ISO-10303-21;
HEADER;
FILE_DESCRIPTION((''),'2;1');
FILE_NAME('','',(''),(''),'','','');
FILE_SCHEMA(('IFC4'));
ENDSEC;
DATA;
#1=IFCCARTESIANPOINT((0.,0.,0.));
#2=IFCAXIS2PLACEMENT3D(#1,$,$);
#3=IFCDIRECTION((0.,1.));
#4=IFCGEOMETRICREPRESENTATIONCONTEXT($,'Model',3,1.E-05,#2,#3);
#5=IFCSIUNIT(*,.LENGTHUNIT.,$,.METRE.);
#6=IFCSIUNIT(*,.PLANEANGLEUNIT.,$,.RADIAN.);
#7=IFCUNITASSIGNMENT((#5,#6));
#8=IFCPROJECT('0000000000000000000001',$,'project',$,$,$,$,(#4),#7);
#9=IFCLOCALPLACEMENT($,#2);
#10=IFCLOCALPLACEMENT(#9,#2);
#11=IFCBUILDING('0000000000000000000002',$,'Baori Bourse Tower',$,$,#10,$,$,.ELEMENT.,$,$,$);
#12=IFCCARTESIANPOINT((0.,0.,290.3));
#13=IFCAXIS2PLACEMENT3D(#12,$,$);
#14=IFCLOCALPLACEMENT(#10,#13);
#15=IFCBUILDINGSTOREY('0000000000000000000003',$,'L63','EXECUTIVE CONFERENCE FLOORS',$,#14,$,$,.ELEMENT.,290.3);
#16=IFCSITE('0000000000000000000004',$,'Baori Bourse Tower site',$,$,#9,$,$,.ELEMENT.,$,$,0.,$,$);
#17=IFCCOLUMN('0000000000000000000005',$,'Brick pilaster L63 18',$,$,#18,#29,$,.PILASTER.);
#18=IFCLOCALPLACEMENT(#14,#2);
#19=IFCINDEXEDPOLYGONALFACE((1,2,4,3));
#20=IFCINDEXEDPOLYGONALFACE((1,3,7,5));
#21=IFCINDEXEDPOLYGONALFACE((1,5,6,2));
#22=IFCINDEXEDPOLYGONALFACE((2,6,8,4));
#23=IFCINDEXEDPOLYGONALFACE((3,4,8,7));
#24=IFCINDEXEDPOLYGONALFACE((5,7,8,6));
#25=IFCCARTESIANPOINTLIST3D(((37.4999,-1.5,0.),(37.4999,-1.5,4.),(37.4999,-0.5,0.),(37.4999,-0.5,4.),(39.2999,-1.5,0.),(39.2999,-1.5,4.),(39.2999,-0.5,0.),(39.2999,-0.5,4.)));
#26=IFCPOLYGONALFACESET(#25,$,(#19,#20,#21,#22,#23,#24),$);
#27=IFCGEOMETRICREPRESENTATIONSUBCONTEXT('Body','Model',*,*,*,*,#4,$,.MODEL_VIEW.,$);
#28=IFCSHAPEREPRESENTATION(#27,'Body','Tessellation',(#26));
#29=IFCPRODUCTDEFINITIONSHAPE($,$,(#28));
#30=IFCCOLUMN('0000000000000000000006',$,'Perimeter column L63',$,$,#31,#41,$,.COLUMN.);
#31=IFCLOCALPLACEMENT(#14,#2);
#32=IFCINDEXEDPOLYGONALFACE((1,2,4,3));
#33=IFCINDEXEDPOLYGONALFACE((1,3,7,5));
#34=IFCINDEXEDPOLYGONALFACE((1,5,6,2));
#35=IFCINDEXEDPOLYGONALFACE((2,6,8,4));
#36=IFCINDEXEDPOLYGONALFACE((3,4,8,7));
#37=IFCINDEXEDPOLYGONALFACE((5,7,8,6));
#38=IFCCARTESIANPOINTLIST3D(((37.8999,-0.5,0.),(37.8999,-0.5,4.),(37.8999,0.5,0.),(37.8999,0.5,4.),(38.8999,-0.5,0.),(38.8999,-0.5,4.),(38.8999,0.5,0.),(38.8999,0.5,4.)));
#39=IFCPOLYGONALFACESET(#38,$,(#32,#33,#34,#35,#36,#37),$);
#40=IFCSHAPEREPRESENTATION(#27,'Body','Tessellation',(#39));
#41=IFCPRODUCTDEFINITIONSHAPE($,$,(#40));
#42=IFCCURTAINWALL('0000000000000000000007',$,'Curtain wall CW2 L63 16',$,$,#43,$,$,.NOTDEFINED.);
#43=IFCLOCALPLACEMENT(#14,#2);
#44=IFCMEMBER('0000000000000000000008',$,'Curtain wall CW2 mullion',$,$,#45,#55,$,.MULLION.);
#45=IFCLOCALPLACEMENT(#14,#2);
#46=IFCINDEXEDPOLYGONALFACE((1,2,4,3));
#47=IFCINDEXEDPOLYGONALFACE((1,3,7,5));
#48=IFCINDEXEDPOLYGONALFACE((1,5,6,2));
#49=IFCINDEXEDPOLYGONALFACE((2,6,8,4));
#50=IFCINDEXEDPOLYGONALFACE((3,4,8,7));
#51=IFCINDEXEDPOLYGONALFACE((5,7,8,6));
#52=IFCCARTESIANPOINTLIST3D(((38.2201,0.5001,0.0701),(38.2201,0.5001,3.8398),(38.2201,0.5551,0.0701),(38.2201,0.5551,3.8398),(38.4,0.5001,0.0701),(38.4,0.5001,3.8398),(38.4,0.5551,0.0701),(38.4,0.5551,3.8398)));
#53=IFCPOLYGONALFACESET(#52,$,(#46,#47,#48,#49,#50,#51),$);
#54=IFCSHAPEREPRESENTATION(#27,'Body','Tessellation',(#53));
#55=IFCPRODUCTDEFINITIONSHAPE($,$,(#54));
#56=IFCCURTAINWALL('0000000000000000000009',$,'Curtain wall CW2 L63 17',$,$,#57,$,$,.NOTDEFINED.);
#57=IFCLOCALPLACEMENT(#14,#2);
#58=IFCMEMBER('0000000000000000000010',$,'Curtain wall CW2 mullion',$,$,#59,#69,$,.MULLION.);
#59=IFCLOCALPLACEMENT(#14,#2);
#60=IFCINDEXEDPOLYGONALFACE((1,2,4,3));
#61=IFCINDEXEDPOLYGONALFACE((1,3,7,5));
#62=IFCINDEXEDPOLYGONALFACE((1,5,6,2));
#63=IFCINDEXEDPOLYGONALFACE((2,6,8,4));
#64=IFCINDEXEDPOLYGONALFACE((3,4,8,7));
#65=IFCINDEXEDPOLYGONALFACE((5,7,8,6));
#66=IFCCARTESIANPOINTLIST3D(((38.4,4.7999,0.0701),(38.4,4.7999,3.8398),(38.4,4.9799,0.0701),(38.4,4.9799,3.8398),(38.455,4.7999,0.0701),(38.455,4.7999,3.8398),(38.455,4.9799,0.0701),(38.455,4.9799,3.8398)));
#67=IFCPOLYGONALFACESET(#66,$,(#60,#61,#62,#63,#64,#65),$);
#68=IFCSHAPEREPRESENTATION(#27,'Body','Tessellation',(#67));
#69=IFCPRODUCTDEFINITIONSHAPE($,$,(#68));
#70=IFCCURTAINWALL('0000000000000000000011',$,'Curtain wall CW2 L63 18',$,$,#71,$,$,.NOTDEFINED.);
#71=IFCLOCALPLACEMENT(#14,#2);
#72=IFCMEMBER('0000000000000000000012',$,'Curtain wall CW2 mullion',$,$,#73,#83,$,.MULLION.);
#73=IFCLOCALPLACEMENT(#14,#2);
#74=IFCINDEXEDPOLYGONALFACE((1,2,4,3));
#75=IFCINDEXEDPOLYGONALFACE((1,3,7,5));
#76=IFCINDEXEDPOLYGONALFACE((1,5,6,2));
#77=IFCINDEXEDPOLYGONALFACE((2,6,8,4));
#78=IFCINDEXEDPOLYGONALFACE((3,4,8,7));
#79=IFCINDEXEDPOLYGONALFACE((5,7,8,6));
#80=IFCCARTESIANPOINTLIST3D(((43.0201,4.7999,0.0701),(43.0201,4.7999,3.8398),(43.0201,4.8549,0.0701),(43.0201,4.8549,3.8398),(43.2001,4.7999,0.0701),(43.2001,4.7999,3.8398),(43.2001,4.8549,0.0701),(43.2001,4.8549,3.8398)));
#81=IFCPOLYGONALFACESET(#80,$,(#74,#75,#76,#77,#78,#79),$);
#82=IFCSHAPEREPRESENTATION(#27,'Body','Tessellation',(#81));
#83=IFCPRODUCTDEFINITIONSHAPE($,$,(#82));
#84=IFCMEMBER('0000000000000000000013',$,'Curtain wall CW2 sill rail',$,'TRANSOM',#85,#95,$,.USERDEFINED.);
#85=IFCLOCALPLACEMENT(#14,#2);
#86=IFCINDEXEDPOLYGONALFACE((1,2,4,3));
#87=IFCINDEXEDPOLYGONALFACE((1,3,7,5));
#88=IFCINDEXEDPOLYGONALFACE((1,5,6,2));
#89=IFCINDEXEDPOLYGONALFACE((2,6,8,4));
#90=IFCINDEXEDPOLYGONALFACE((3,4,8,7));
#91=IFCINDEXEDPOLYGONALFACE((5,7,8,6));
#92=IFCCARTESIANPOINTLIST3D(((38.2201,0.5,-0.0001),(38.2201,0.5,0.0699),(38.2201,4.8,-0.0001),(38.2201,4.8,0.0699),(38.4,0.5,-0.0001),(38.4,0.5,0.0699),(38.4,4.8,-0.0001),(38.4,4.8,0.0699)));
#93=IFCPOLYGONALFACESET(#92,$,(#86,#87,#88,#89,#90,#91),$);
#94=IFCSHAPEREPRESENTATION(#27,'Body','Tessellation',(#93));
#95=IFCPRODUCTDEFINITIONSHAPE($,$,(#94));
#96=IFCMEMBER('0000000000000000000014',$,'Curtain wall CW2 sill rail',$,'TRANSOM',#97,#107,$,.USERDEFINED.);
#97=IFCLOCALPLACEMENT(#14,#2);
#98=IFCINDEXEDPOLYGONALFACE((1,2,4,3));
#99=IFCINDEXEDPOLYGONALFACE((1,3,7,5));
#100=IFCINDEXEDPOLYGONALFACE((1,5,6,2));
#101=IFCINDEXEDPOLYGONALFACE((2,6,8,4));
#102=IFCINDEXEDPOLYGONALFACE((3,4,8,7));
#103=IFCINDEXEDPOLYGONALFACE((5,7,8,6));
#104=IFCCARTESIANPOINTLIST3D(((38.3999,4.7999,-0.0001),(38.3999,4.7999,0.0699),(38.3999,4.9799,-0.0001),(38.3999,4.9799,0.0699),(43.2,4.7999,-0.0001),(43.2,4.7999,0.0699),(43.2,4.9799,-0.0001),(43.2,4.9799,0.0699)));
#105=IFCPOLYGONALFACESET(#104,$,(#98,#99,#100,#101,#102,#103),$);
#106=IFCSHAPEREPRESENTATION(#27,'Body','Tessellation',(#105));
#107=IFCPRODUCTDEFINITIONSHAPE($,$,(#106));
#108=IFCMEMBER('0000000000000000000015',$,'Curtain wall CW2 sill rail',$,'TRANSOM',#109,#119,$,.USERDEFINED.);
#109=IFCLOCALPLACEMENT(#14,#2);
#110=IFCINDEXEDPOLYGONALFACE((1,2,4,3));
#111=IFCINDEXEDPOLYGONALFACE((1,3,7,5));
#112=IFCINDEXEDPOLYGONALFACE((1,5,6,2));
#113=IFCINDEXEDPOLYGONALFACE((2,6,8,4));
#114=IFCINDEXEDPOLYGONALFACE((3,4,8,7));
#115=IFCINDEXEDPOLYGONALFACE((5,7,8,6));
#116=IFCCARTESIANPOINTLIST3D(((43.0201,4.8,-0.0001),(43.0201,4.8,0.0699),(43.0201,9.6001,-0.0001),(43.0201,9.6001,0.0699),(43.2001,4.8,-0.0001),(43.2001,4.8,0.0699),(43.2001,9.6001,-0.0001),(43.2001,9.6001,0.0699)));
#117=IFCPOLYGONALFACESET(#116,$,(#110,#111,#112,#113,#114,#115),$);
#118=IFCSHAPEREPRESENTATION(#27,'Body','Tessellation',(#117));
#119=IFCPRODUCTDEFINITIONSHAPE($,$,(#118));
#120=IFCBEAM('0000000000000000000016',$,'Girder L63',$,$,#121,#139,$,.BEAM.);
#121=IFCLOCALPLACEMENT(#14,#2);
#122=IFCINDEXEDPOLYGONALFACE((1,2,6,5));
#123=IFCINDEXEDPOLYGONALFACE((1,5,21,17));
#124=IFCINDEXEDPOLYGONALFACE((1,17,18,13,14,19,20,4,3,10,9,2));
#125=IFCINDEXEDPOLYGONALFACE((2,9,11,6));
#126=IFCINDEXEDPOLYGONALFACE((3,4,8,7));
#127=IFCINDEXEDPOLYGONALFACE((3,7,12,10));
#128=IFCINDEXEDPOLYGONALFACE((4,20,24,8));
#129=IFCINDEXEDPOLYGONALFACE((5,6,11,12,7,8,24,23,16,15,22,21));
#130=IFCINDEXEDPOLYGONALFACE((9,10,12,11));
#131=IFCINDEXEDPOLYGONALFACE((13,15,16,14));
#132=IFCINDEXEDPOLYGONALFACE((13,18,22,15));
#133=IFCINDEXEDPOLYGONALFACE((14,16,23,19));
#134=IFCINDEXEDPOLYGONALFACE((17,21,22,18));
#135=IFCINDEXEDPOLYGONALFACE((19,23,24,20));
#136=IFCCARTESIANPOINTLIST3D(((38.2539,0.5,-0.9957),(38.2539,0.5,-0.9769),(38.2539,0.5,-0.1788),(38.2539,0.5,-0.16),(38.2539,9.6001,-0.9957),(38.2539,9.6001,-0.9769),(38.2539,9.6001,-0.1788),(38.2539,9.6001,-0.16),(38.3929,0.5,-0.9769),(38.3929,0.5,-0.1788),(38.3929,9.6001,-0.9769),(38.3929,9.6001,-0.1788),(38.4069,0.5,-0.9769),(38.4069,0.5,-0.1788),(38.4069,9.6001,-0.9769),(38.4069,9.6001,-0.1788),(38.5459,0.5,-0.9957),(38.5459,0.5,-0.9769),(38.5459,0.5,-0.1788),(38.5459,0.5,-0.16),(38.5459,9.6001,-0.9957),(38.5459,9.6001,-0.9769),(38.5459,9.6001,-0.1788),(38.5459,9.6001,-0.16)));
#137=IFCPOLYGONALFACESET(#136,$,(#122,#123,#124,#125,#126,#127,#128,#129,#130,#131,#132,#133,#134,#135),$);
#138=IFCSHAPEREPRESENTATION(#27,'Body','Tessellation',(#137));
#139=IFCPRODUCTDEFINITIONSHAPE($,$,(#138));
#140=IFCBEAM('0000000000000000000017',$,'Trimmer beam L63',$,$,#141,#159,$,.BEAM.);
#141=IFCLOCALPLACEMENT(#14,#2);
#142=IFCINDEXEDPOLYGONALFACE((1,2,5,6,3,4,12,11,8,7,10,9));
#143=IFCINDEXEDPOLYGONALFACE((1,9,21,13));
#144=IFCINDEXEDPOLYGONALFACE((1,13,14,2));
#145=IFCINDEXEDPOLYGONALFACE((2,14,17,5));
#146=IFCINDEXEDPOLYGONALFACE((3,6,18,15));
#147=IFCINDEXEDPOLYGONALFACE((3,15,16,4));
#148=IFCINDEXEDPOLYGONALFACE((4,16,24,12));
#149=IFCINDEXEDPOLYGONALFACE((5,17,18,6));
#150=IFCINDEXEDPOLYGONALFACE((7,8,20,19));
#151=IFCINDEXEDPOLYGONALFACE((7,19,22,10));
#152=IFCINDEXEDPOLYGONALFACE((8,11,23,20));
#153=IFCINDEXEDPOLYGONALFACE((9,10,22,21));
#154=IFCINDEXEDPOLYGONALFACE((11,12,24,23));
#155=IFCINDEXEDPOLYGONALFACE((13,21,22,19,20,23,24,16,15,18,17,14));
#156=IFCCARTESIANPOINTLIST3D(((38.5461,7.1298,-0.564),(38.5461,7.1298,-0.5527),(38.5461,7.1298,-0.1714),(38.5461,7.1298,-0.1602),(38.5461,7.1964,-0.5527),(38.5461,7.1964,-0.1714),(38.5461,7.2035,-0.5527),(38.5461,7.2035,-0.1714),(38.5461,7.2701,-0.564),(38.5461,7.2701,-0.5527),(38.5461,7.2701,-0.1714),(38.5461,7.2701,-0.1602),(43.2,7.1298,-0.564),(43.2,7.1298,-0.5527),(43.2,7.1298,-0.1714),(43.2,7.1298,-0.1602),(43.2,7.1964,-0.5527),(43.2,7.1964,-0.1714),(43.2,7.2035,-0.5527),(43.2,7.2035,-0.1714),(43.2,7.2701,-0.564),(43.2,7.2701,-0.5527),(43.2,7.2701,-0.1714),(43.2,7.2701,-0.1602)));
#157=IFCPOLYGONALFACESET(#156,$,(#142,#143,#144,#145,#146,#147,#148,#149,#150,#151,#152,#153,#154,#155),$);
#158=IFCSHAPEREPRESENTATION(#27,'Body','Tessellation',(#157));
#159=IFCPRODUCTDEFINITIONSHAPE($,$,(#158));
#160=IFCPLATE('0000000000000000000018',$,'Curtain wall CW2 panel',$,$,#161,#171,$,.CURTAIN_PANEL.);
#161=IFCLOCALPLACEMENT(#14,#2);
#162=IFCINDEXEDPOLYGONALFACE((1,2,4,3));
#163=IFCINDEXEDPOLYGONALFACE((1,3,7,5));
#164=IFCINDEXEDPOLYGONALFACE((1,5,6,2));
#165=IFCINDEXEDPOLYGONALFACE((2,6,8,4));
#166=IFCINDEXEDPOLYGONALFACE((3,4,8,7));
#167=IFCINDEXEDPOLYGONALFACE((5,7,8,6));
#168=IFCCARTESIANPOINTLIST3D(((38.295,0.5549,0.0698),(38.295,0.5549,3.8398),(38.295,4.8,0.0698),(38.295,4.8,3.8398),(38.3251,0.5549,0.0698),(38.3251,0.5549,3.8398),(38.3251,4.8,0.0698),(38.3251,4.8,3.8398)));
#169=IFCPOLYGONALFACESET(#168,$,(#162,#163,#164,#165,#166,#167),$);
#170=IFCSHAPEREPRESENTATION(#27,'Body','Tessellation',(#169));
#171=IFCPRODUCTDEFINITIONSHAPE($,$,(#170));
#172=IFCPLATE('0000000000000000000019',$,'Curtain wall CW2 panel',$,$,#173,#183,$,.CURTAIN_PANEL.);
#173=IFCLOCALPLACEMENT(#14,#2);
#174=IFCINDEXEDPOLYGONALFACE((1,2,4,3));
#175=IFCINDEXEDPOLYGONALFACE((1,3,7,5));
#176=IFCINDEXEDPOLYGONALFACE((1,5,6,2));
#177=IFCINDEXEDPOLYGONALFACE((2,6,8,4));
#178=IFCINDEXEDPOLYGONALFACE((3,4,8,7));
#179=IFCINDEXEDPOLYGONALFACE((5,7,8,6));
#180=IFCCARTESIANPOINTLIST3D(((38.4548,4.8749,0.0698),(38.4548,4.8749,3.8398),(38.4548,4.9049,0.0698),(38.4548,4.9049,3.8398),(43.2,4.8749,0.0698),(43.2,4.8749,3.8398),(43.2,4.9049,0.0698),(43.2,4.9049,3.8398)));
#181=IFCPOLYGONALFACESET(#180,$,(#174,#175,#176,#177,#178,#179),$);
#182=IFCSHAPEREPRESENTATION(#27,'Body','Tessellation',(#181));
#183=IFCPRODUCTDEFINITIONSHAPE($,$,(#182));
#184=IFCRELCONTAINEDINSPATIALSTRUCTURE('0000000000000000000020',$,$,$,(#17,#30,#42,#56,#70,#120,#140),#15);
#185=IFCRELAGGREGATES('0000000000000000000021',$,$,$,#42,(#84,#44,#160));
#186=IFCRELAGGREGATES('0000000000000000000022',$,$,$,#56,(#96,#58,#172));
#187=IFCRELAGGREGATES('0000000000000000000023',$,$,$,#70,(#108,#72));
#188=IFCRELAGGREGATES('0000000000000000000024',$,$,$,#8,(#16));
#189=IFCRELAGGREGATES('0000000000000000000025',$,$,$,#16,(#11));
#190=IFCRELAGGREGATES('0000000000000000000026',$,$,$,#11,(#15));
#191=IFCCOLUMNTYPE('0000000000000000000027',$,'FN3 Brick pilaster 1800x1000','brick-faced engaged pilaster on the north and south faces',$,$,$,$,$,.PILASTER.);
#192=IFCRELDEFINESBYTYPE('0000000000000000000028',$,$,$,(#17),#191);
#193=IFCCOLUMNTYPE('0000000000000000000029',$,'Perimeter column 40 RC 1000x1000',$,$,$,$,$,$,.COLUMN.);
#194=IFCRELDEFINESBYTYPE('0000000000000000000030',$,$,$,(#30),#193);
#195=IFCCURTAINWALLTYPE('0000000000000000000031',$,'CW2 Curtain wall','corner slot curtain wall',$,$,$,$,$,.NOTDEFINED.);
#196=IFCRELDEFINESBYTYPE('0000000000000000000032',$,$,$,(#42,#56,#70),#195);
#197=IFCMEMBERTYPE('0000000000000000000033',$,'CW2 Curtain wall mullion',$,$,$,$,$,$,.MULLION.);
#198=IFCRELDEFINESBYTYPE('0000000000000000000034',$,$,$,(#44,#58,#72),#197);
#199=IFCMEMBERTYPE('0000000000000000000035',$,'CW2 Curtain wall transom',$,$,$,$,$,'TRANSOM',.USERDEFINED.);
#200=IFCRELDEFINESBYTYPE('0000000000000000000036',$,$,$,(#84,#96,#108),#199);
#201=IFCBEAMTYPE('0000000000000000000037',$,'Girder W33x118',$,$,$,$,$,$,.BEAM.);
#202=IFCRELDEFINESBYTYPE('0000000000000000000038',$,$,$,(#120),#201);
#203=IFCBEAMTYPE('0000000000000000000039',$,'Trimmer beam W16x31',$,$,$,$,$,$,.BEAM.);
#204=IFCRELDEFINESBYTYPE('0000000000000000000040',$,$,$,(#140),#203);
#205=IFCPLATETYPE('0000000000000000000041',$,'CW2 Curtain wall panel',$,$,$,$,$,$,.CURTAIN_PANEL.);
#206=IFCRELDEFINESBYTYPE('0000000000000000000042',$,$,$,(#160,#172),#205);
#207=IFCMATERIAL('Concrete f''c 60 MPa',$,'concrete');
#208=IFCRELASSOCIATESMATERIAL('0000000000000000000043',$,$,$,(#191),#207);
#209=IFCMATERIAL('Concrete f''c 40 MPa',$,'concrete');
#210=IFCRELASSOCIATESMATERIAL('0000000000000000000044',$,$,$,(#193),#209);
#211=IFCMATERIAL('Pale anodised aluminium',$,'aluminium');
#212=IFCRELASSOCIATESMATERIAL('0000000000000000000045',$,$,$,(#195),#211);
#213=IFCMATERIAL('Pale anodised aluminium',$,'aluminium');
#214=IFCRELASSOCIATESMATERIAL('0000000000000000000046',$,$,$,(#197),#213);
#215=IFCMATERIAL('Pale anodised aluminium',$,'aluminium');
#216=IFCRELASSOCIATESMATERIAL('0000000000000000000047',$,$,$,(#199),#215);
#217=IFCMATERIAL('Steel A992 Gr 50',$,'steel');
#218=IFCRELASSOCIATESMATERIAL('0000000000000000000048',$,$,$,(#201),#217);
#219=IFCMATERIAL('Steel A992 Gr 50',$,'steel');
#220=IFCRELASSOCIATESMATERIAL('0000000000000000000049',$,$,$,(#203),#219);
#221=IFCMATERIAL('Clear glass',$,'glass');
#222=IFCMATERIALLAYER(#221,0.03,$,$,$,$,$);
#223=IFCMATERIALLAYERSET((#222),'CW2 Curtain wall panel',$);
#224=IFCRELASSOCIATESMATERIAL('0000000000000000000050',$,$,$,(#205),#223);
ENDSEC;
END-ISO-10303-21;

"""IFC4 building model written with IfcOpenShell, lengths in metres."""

from ifc_helpers import new_model, si_unit, direction, frame, origin, origin_2d, place, context, subcontext, project, spatial, rectangle, i_section, extrude, material, layer, layer_set, material_profile, profile_set, type_object, element, aggregate, save


model = new_model("IFC4")

# Units and contexts
model_context = context("Model", 3, precision=1e-05, world=origin(), true_north=direction((0.0, 1.0)))
body_context = subcontext(model_context, "Body", "Model", "MODEL_VIEW")
ifc_project = project(units=[si_unit("LENGTHUNIT", "METRE"), si_unit("PLANEANGLEUNIT", "RADIAN")], contexts=[model_context])

# Site, building, storey
site_placement = place(None, origin())
site = spatial("IfcSite", under=ifc_project, at=site_placement, Name="Baori Bourse Tower site", CompositionType="ELEMENT", RefElevation=0.0)
building_placement = place(site_placement, origin())
building = spatial("IfcBuilding", under=site, at=building_placement, Name="Baori Bourse Tower", CompositionType="ELEMENT")
storey_placement = place(building_placement, frame((0.0, 0.0, 290.3)))
storey = spatial("IfcBuildingStorey", under=building, at=storey_placement, Name="L63", Description="EXECUTIVE CONFERENCE FLOORS", CompositionType="ELEMENT", Elevation=290.3)

# Columns
ifc_material_1 = material(Name="Concrete f'c 60 MPa", Category="concrete")
ifc_material_profile_1 = material_profile(ifc_material_1, rectangle(XDim=1.8, YDim=1.0, at=origin_2d()), Name="RC 1800x1000")
ifc_profile_set_1 = profile_set([ifc_material_profile_1], Name="Concrete f'c 60 MPa")
column_type_1 = type_object("IfcColumnType", Name="FN3 Brick pilaster 1800x1000", Description="brick-faced engaged pilaster on the north and south faces", PredefinedType="PILASTER", material=ifc_profile_set_1)
column_1_placement = place(storey_placement, frame((38.3999, -1.0, 0.0), z_axis=(0.0, 0.0, 1.0), x_axis=(1.0, 0.0, 0.0)))
element("IfcColumn", 1, at=column_1_placement, inside=storey, type_object=column_type_1, Name="Brick pilaster L63 18", PredefinedType="PILASTER", context=body_context, shape_type="SweptSolid", body=[
    extrude(rectangle(XDim=1.8, YDim=1.0, at=origin_2d()), origin(), (0.0, 0.0, 1.0), 4.0),
])
ifc_material_2 = material(Name="Concrete f'c 40 MPa", Category="concrete")
ifc_material_profile_2 = material_profile(ifc_material_2, rectangle(XDim=1.0, YDim=1.0, at=origin_2d()), Name="RC 1000x1000")
ifc_profile_set_2 = profile_set([ifc_material_profile_2], Name="Concrete f'c 40 MPa")
column_type_2 = type_object("IfcColumnType", Name="Perimeter column 40 RC 1000x1000", PredefinedType="COLUMN", material=ifc_profile_set_2)
column_2_placement = place(storey_placement, frame((38.3999, 0.0, 0.0), z_axis=(0.0, 0.0, 1.0), x_axis=(1.0, 0.0, 0.0)))
element("IfcColumn", 2, at=column_2_placement, inside=storey, type_object=column_type_2, Name="Perimeter column L63", PredefinedType="COLUMN", context=body_context, shape_type="SweptSolid", body=[
    extrude(rectangle(XDim=1.0, YDim=1.0, at=origin_2d()), origin(), (0.0, 0.0, 1.0), 4.0),
])

# Curtain walls, members
ifc_material_3 = material(Name="Pale anodised aluminium", Category="aluminium")
curtain_wall_type = type_object("IfcCurtainWallType", Name="CW2 Curtain wall", Description="corner slot curtain wall", PredefinedType="NOTDEFINED", material=ifc_material_3)
curtain_wall_1_placement = place(storey_placement, origin())
curtain_wall_1 = element("IfcCurtainWall", 3, at=curtain_wall_1_placement, inside=storey, type_object=curtain_wall_type, Name="Curtain wall CW2 L63 16", PredefinedType="NOTDEFINED")
ifc_material_4 = material(Name="Pale anodised aluminium", Category="aluminium")
ifc_material_profile_3 = material_profile(ifc_material_4, rectangle(XDim=0.1799, YDim=0.0549, at=origin_2d()), Name="Mullion 55x180")
ifc_profile_set_3 = profile_set([ifc_material_profile_3], Name="Pale anodised aluminium")
member_type_1 = type_object("IfcMemberType", Name="CW2 Curtain wall mullion", PredefinedType="MULLION", material=ifc_profile_set_3)
member_1_placement = place(storey_placement, frame((38.3101, 0.5276, 0.0701), z_axis=(0.0, 0.0, 1.0), x_axis=(-1.0, 0.0, 0.0)))
member_1 = element("IfcMember", 4, at=member_1_placement, type_object=member_type_1, Name="Curtain wall CW2 mullion", PredefinedType="MULLION", context=body_context, shape_type="SweptSolid", body=[
    extrude(rectangle(XDim=0.1799, YDim=0.0549, at=origin_2d()), origin(), (0.0, 0.0, 1.0), 3.7698),
])
curtain_wall_2_placement = place(storey_placement, origin())
curtain_wall_2 = element("IfcCurtainWall", 5, at=curtain_wall_2_placement, inside=storey, type_object=curtain_wall_type, Name="Curtain wall CW2 L63 17", PredefinedType="NOTDEFINED")
member_2_placement = place(storey_placement, frame((38.4275, 4.8899, 0.0701), z_axis=(0.0, 0.0, 1.0), x_axis=(0.0, 1.0, 0.0)))
member_2 = element("IfcMember", 6, at=member_2_placement, type_object=member_type_1, Name="Curtain wall CW2 mullion", PredefinedType="MULLION", context=body_context, shape_type="SweptSolid", body=[
    extrude(rectangle(XDim=0.1799, YDim=0.0549, at=origin_2d()), origin(), (0.0, 0.0, 1.0), 3.7698),
])
curtain_wall_3_placement = place(storey_placement, origin())
curtain_wall_3 = element("IfcCurtainWall", 7, at=curtain_wall_3_placement, inside=storey, type_object=curtain_wall_type, Name="Curtain wall CW2 L63 18", PredefinedType="NOTDEFINED")
member_3_placement = place(storey_placement, frame((43.1101, 4.8274, 0.0701), z_axis=(0.0, 0.0, 1.0), x_axis=(-1.0, 0.0, 0.0)))
member_3 = element("IfcMember", 8, at=member_3_placement, type_object=member_type_1, Name="Curtain wall CW2 mullion", PredefinedType="MULLION", context=body_context, shape_type="SweptSolid", body=[
    extrude(rectangle(XDim=0.1799, YDim=0.0549, at=origin_2d()), origin(), (0.0, 0.0, 1.0), 3.7698),
])

# Members
ifc_material_5 = material(Name="Pale anodised aluminium", Category="aluminium")
ifc_material_profile_4 = material_profile(ifc_material_5, rectangle(XDim=0.1799, YDim=0.0701, at=origin_2d()), Name="Transom 70x180")
ifc_profile_set_4 = profile_set([ifc_material_profile_4], Name="Pale anodised aluminium")
member_type_2 = type_object("IfcMemberType", Name="CW2 Curtain wall transom", ElementType="TRANSOM", PredefinedType="USERDEFINED", material=ifc_profile_set_4)
member_4_placement = place(storey_placement, frame((38.3101, 0.5, 0.0349), z_axis=(0.0, 1.0, 0.0), x_axis=(-1.0, 0.0, 0.0)))
member_4 = element("IfcMember", 9, at=member_4_placement, type_object=member_type_2, Name="Curtain wall CW2 sill rail", ObjectType="TRANSOM", PredefinedType="USERDEFINED", context=body_context, shape_type="SweptSolid", body=[
    extrude(rectangle(XDim=0.1799, YDim=0.0701, at=origin_2d()), origin(), (0.0, 0.0, 1.0), 4.3),
])
member_5_placement = place(storey_placement, frame((38.3999, 4.8899, 0.0349), z_axis=(1.0, 0.0, 0.0), x_axis=(0.0, 1.0, 0.0)))
member_5 = element("IfcMember", 10, at=member_5_placement, type_object=member_type_2, Name="Curtain wall CW2 sill rail", ObjectType="TRANSOM", PredefinedType="USERDEFINED", context=body_context, shape_type="SweptSolid", body=[
    extrude(rectangle(XDim=0.1799, YDim=0.0701, at=origin_2d()), origin(), (0.0, 0.0, 1.0), 4.8),
])
member_6_placement = place(storey_placement, frame((43.1101, 4.8, 0.0349), z_axis=(0.0, 1.0, 0.0), x_axis=(-1.0, 0.0, 0.0)))
member_6 = element("IfcMember", 11, at=member_6_placement, type_object=member_type_2, Name="Curtain wall CW2 sill rail", ObjectType="TRANSOM", PredefinedType="USERDEFINED", context=body_context, shape_type="SweptSolid", body=[
    extrude(rectangle(XDim=0.1799, YDim=0.0701, at=origin_2d()), origin(), (0.0, 0.0, 1.0), 4.8),
])

# Beams
ifc_material_6 = material(Name="Steel A992 Gr 50", Category="steel")
ifc_material_profile_5 = material_profile(ifc_material_6, i_section(OverallWidth=0.292, OverallDepth=0.8357, WebThickness=0.0139, FlangeThickness=0.0188, at=origin_2d()), Name="W33x118")
ifc_profile_set_5 = profile_set([ifc_material_profile_5], Name="Steel A992 Gr 50")
beam_type_1 = type_object("IfcBeamType", Name="Girder W33x118", PredefinedType="BEAM", material=ifc_profile_set_5)
beam_1_placement = place(storey_placement, frame((38.3999, 0.5, -0.5779), z_axis=(0.0, 1.0, 0.0), x_axis=(-1.0, 0.0, 0.0)))
element("IfcBeam", 12, at=beam_1_placement, inside=storey, type_object=beam_type_1, Name="Girder L63", PredefinedType="BEAM", context=body_context, shape_type="SweptSolid", body=[
    extrude(i_section(OverallWidth=0.292, OverallDepth=0.8357, WebThickness=0.0139, FlangeThickness=0.0188, at=origin_2d()), origin(), (0.0, 0.0, 1.0), 9.1001),
])
ifc_material_7 = material(Name="Steel A992 Gr 50", Category="steel")
ifc_material_profile_6 = material_profile(ifc_material_7, i_section(OverallWidth=0.1404, OverallDepth=0.4038, WebThickness=0.0071, FlangeThickness=0.0112, at=origin_2d()), Name="W16x31")
ifc_profile_set_6 = profile_set([ifc_material_profile_6], Name="Steel A992 Gr 50")
beam_type_2 = type_object("IfcBeamType", Name="Trimmer beam W16x31", PredefinedType="BEAM", material=ifc_profile_set_6)
beam_2_placement = place(storey_placement, frame((38.5461, 7.2, -0.3621), z_axis=(1.0, 0.0, 0.0), x_axis=(0.0, 1.0, 0.0)))
element("IfcBeam", 13, at=beam_2_placement, inside=storey, type_object=beam_type_2, Name="Trimmer beam L63", PredefinedType="BEAM", context=body_context, shape_type="SweptSolid", body=[
    extrude(i_section(OverallWidth=0.1404, OverallDepth=0.4038, WebThickness=0.0071, FlangeThickness=0.0112, at=origin_2d()), origin(), (0.0, 0.0, 1.0), 4.6538),
])

# Plates
ifc_material_8 = material(Name="Clear glass", Category="glass")
ifc_layer_1 = layer(ifc_material_8, 0.03)
ifc_layer_set_1 = layer_set([ifc_layer_1], Name="CW2 Curtain wall panel")
plate_type = type_object("IfcPlateType", Name="CW2 Curtain wall panel", PredefinedType="CURTAIN_PANEL", material=ifc_layer_set_1)
plate_1_placement = place(storey_placement, frame((38.3101, 2.6775, 0.0698), z_axis=(0.0, 0.0, 1.0), x_axis=(0.0, 1.0, 0.0)))
plate_1 = element("IfcPlate", 14, at=plate_1_placement, type_object=plate_type, Name="Curtain wall CW2 panel", PredefinedType="CURTAIN_PANEL", context=body_context, shape_type="SweptSolid", body=[
    extrude(rectangle(XDim=4.2451, YDim=0.03, at=origin_2d()), origin(), (0.0, 0.0, 1.0), 3.77),
])
aggregate(curtain_wall_1, [member_4, member_1, plate_1])
plate_2_placement = place(storey_placement, frame((40.8274, 4.8899, 0.0698), z_axis=(0.0, 0.0, 1.0), x_axis=(1.0, 0.0, 0.0)))
plate_2 = element("IfcPlate", 15, at=plate_2_placement, type_object=plate_type, Name="Curtain wall CW2 panel", PredefinedType="CURTAIN_PANEL", context=body_context, shape_type="SweptSolid", body=[
    extrude(rectangle(XDim=4.7451, YDim=0.03, at=origin_2d()), origin(), (0.0, 0.0, 1.0), 3.77),
])
aggregate(curtain_wall_2, [member_5, member_2, plate_2])
aggregate(curtain_wall_3, [member_6, member_3])

save(model, "model.ifc")
